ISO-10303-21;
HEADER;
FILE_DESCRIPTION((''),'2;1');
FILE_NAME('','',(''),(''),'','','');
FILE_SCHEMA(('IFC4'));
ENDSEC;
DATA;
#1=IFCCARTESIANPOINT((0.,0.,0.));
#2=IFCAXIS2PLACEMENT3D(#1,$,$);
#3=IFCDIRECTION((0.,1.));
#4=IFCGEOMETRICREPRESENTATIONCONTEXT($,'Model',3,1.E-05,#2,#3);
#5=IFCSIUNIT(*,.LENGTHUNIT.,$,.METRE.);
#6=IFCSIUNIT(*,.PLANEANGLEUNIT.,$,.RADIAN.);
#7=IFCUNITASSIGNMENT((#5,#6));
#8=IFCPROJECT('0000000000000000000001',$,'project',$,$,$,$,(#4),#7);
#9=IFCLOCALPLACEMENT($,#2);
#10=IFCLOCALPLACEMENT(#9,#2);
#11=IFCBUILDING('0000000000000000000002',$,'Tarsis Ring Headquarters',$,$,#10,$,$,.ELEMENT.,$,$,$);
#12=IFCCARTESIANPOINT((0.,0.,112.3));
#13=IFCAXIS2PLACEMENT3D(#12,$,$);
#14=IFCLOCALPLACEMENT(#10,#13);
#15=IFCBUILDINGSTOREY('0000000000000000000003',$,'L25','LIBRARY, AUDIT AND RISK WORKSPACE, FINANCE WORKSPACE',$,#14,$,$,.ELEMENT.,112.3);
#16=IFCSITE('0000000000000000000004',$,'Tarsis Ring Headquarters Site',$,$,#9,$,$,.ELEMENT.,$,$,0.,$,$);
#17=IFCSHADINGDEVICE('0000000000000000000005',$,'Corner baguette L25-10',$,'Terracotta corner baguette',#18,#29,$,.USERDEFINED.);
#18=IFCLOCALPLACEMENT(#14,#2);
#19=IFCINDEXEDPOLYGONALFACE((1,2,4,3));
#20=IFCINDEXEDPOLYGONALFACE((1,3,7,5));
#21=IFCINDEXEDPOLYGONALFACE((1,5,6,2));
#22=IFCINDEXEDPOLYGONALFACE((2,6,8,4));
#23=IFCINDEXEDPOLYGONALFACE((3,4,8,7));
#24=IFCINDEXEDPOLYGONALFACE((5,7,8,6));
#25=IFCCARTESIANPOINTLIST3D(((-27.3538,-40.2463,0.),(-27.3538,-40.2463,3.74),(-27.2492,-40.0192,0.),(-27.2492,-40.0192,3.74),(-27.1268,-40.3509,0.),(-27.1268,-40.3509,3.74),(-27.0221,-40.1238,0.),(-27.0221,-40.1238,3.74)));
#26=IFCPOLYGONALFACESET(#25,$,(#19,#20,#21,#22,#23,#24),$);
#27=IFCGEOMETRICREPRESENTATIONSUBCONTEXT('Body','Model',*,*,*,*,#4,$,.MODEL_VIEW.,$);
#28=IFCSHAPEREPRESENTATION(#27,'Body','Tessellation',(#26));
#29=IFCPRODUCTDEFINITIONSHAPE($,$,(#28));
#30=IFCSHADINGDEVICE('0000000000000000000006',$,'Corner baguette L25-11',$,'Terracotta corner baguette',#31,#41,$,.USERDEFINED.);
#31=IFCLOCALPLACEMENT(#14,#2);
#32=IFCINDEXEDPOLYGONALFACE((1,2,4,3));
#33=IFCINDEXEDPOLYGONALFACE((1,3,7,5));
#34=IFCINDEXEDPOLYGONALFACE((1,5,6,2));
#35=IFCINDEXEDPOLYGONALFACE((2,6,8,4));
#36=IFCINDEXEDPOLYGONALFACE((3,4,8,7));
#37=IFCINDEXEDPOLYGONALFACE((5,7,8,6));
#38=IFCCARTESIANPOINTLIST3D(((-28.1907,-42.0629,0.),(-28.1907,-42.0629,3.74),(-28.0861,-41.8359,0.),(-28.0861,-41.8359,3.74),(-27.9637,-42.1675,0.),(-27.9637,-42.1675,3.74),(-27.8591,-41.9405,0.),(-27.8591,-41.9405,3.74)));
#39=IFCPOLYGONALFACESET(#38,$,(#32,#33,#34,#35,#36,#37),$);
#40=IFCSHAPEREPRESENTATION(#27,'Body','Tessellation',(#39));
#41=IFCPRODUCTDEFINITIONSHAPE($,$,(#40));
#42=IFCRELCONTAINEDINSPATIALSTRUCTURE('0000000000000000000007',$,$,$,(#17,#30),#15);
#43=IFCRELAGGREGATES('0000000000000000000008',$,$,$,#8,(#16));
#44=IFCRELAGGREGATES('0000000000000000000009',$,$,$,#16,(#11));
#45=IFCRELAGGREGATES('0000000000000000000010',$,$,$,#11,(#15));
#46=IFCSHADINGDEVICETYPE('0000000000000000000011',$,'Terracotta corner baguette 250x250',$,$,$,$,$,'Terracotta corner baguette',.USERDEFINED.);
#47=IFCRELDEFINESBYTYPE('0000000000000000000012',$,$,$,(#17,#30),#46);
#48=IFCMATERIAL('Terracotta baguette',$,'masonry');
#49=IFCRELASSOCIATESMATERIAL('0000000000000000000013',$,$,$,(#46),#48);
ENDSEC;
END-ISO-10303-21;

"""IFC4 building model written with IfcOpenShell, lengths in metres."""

from ifc_helpers import new_model, si_unit, direction, frame, origin, origin_2d, place, context, subcontext, project, spatial, rectangle, extrude, material, type_object, element, save


model = new_model("IFC4")

# Units and contexts
model_context = context("Model", 3, precision=1e-05, world=origin(), true_north=direction((0.0, 1.0)))
body_context = subcontext(model_context, "Body", "Model", "MODEL_VIEW")
ifc_project = project(units=[si_unit("LENGTHUNIT", "METRE"), si_unit("PLANEANGLEUNIT", "RADIAN")], contexts=[model_context])

# Site, building, storey
site_placement = place(None, origin())
site = spatial("IfcSite", under=ifc_project, at=site_placement, Name="Tarsis Ring Headquarters Site", CompositionType="ELEMENT", RefElevation=0.0)
building_placement = place(site_placement, origin())
building = spatial("IfcBuilding", under=site, at=building_placement, Name="Tarsis Ring Headquarters", CompositionType="ELEMENT")
storey_placement = place(building_placement, frame((0.0, 0.0, 112.3)))
storey = spatial("IfcBuildingStorey", under=building, at=storey_placement, Name="L25", Description="LIBRARY, AUDIT AND RISK WORKSPACE, FINANCE WORKSPACE", CompositionType="ELEMENT", Elevation=112.3)

# Shading devices
ifc_material_1 = material(Name="Terracotta baguette", Category="masonry")
shading_device_type_1 = type_object("IfcShadingDeviceType", Name="Terracotta corner baguette 250x250", ElementType="Terracotta corner baguette", PredefinedType="USERDEFINED", material=ifc_material_1)
for number, where, z_axis, x_axis, name in (
    (1, (-27.188, -40.1851, 0.0), (0.0, 0.0, 1.0), (0.908216, -0.418502, 0.0), "Corner baguette L25-10"),
    (2, (-28.0249, -42.0017, 0.0), (0.0, 0.0, 1.0), (-0.418501, -0.908216, 0.0), "Corner baguette L25-11"),
):
    element("IfcShadingDevice", number, at=place(storey_placement, frame(where, z_axis=z_axis, x_axis=x_axis)), inside=storey, type_object=shading_device_type_1, Name=name, ObjectType="Terracotta corner baguette", PredefinedType="USERDEFINED", context=body_context, shape_type="SweptSolid", body=[
        extrude(rectangle(XDim=0.25, YDim=0.25, at=origin_2d()), origin(), (0.0, 0.0, 1.0), 3.74),
    ])

save(model, "model.ifc")
